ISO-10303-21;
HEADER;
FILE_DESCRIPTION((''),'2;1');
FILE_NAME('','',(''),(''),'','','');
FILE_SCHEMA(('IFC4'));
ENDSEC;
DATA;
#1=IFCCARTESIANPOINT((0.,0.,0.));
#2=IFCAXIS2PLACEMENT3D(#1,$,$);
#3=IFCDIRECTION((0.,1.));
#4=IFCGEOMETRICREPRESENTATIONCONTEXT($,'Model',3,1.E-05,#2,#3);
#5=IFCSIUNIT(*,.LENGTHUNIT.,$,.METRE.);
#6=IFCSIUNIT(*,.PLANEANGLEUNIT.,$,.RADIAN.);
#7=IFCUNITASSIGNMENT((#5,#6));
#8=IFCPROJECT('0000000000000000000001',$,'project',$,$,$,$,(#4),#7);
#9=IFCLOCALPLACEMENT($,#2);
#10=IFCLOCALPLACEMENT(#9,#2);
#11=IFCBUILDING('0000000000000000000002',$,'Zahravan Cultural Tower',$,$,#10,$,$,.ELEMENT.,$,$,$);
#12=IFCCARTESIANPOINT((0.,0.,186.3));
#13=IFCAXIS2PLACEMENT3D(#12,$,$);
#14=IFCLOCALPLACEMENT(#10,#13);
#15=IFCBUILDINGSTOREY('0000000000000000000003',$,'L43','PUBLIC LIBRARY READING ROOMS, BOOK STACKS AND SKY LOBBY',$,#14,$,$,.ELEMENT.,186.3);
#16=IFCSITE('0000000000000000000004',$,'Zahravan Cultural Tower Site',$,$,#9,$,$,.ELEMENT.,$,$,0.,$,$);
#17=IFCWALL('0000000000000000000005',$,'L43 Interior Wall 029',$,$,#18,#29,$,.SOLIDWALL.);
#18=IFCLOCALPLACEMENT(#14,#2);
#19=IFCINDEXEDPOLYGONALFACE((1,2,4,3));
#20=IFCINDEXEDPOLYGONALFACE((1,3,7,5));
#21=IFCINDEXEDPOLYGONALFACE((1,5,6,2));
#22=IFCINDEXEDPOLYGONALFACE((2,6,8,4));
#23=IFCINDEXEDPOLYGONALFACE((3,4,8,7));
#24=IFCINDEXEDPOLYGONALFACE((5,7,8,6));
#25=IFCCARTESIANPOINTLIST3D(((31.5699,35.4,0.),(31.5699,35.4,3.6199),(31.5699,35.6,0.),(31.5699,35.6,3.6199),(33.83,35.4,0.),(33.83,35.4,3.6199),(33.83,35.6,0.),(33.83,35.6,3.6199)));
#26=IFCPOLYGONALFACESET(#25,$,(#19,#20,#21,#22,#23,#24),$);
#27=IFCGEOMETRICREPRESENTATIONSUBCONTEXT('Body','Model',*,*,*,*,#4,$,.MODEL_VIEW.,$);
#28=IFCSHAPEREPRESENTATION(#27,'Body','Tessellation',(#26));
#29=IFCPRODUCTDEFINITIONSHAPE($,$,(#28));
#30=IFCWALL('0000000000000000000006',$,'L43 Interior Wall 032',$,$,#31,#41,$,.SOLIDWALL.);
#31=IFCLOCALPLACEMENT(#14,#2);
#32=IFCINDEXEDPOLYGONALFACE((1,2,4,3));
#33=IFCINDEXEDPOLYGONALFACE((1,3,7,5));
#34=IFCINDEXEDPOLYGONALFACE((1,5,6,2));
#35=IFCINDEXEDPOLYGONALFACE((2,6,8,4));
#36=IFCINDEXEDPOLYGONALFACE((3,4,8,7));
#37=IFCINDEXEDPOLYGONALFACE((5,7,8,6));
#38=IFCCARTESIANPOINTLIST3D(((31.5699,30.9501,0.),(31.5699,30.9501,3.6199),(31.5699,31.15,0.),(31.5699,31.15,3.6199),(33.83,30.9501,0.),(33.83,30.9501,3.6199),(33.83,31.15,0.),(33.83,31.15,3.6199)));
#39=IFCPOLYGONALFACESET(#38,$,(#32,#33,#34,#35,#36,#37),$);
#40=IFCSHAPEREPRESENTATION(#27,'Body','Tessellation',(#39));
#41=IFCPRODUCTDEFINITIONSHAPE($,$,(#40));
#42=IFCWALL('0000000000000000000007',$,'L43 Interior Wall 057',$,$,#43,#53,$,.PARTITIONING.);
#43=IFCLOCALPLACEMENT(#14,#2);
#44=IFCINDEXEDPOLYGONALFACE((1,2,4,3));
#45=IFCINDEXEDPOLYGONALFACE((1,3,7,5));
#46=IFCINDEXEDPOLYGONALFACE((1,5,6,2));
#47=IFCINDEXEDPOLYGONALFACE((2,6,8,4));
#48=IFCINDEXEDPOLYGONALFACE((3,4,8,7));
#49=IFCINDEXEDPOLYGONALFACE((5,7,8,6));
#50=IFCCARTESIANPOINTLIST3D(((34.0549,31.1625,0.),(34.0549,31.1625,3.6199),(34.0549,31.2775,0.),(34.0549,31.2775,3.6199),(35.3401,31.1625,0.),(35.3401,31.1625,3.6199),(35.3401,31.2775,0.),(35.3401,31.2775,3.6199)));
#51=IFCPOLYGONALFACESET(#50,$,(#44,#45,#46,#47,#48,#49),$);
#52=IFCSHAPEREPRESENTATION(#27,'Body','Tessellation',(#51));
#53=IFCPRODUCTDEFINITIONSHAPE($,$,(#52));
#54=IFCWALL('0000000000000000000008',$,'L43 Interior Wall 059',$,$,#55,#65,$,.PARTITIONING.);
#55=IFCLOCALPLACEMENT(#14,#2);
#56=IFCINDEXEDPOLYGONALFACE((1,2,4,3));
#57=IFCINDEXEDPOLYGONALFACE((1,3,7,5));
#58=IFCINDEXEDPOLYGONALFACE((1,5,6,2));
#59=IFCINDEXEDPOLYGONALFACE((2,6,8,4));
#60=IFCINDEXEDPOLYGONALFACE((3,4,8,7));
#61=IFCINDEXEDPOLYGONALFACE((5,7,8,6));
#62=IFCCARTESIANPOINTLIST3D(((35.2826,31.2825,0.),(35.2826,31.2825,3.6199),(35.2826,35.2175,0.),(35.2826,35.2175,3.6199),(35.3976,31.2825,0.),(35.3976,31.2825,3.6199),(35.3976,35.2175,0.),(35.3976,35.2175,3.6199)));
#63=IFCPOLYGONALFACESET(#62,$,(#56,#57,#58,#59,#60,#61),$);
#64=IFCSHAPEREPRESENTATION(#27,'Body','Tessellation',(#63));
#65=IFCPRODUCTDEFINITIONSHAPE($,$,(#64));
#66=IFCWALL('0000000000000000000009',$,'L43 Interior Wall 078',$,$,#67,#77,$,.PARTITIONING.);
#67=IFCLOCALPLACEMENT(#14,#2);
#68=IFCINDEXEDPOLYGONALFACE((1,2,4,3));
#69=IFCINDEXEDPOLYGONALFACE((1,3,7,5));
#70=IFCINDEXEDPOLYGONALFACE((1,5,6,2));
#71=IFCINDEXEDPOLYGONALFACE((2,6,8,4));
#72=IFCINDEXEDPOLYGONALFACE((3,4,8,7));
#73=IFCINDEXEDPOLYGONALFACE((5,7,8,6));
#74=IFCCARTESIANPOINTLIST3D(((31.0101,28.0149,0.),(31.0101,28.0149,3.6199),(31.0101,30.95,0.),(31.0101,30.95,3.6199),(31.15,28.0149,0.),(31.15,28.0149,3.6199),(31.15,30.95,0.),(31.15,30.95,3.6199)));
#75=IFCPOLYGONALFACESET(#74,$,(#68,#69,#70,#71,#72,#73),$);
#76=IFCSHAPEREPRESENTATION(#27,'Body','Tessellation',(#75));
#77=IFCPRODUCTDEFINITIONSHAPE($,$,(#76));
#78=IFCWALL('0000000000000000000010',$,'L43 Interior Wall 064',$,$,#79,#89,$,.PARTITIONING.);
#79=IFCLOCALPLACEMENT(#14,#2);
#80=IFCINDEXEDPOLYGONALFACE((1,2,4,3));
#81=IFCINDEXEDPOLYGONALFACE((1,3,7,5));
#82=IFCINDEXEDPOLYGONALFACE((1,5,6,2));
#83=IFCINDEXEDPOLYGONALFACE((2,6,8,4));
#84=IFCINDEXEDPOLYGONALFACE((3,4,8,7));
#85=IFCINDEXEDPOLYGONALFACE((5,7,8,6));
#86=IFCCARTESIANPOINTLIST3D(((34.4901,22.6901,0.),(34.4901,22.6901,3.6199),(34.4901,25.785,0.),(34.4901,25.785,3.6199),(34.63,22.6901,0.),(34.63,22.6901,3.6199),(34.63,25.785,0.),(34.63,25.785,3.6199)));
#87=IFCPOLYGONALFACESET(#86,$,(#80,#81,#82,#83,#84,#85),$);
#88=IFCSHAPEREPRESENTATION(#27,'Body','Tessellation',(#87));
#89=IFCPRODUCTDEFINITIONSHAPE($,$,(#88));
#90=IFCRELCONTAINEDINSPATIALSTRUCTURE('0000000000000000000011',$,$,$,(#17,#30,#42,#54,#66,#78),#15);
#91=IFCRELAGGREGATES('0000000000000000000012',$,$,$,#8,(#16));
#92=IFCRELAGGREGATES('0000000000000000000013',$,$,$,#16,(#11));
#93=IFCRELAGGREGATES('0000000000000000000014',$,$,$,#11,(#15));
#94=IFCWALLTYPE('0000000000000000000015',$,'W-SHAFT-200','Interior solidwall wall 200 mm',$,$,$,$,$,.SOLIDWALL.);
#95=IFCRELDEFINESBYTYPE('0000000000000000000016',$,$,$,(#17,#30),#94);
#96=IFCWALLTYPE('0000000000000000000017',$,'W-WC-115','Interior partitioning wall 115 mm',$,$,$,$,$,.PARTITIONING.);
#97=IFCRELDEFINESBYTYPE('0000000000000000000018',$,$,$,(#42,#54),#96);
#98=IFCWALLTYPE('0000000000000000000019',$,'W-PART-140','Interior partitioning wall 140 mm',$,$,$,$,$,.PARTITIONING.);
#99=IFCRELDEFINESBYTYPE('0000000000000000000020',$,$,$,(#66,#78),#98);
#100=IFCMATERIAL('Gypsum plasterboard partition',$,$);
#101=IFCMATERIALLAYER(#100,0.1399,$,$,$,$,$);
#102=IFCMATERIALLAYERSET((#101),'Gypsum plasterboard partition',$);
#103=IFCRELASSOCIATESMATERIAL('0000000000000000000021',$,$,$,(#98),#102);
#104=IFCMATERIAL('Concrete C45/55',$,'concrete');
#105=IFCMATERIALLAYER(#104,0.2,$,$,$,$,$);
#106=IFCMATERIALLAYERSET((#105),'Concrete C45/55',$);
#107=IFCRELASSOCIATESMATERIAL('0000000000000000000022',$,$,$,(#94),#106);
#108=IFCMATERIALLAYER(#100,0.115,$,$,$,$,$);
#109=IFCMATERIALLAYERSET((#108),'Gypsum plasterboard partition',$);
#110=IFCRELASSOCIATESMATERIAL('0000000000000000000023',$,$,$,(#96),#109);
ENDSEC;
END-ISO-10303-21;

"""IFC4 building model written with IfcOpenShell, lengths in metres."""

from ifc_helpers import new_model, si_unit, direction, frame, frame_2d, origin, place, context, subcontext, project, spatial, rectangle, extrude, source, transform, mapped, material, layer, layer_set, type_object, element, save


model = new_model("IFC4")

# Units and contexts
model_context = context("Model", 3, precision=1e-05, world=origin(), true_north=direction((0.0, 1.0)))
body_context = subcontext(model_context, "Body", "Model", "MODEL_VIEW")
ifc_project = project(units=[si_unit("LENGTHUNIT", "METRE"), si_unit("PLANEANGLEUNIT", "RADIAN")], contexts=[model_context])

# Site, building, storey
site_placement = place(None, origin())
site = spatial("IfcSite", under=ifc_project, at=site_placement, Name="Zahravan Cultural Tower Site", CompositionType="ELEMENT", RefElevation=0.0)
building_placement = place(site_placement, origin())
building = spatial("IfcBuilding", under=site, at=building_placement, Name="Zahravan Cultural Tower", CompositionType="ELEMENT")
storey_placement = place(building_placement, frame((0.0, 0.0, 186.3)))
storey = spatial("IfcBuildingStorey", under=building, at=storey_placement, Name="L43", Description="PUBLIC LIBRARY READING ROOMS, BOOK STACKS AND SKY LOBBY", CompositionType="ELEMENT", Elevation=186.3)

# Shared definitions
ifc_material_1 = material(Name="Gypsum plasterboard partition")
ifc_layer_1 = layer(ifc_material_1, 0.1399)
ifc_layer_set_1 = layer_set([ifc_layer_1], Name="Gypsum plasterboard partition")
wall_type_1 = type_object("IfcWallType", Name="W-PART-140", Description="Interior partitioning wall 140 mm", PredefinedType="PARTITIONING", material=ifc_layer_set_1)
ifc_material_2 = material(Name="Concrete C45/55", Category="concrete")
ifc_layer_2 = layer(ifc_material_2, 0.2)
ifc_layer_set_2 = layer_set([ifc_layer_2], Name="Concrete C45/55")
wall_type_2 = type_object("IfcWallType", Name="W-SHAFT-200", Description="Interior solidwall wall 200 mm", PredefinedType="SOLIDWALL", material=ifc_layer_set_2)
ifc_layer_3 = layer(ifc_material_1, 0.115)
ifc_layer_set_3 = layer_set([ifc_layer_3], Name="Gypsum plasterboard partition")
wall_type_3 = type_object("IfcWallType", Name="W-WC-115", Description="Interior partitioning wall 115 mm", PredefinedType="PARTITIONING", material=ifc_layer_set_3)

# Walls
shared_shape_1 = source(origin(), body_context, "Body", "SweptSolid", [
    extrude(rectangle(XDim=2.26, YDim=0.2, at=frame_2d((1.1299, 0.0))), origin(), (0.0, 0.0, 1.0), 3.6199),
])
for number, where, z_axis, x_axis, name in (
    (1, (31.5701, 35.5, 0.0), (0.0, 0.0, 1.0), (1.0, 0.0, 0.0), "L43 Interior Wall 029"),
    (2, (31.5701, 31.05, 0.0), (0.0, 0.0, 1.0), (1.0, 0.0, 0.0), "L43 Interior Wall 032"),
):
    element("IfcWall", number, at=place(storey_placement, frame(where, z_axis=z_axis, x_axis=x_axis)), inside=storey, type_object=wall_type_2, Name=name, PredefinedType="SOLIDWALL", context=body_context, shape_type="MappedRepresentation", body=[
        mapped(shared_shape_1, transform((0.0, 0.0, 0.0), x_axis=(1.0, 0.0, 0.0), y_axis=(0.0, 1.0, 0.0), z_axis=(0.0, 0.0, 1.0), scale=1.0)),
    ])
shared_shape_2 = source(origin(), body_context, "Body", "SweptSolid", [
    extrude(rectangle(XDim=1.2852, YDim=0.115, at=frame_2d((0.6426, 0.0))), origin(), (0.0, 0.0, 1.0), 3.6199),
])
wall_1_placement = place(storey_placement, frame((35.3401, 31.22, 0.0), z_axis=(0.0, 0.0, 1.0), x_axis=(-1.0, 0.0, 0.0)))
element("IfcWall", 3, at=wall_1_placement, inside=storey, type_object=wall_type_3, Name="L43 Interior Wall 057", PredefinedType="PARTITIONING", context=body_context, shape_type="MappedRepresentation", body=[
    mapped(shared_shape_2, transform((0.0, 0.0, 0.0), x_axis=(1.0, 0.0, 0.0), y_axis=(0.0, 1.0, 0.0), z_axis=(0.0, 0.0, 1.0), scale=1.0)),
])
shared_shape_3 = source(origin(), body_context, "Body", "SweptSolid", [
    extrude(rectangle(XDim=3.9351, YDim=0.115, at=frame_2d((1.9675, 0.0))), origin(), (0.0, 0.0, 1.0), 3.6199),
])
wall_2_placement = place(storey_placement, frame((35.3401, 35.2175, 0.0), z_axis=(0.0, 0.0, 1.0), x_axis=(0.0, -1.0, 0.0)))
element("IfcWall", 4, at=wall_2_placement, inside=storey, type_object=wall_type_3, Name="L43 Interior Wall 059", PredefinedType="PARTITIONING", context=body_context, shape_type="MappedRepresentation", body=[
    mapped(shared_shape_3, transform((0.0, 0.0, 0.0), x_axis=(1.0, 0.0, 0.0), y_axis=(0.0, 1.0, 0.0), z_axis=(0.0, 0.0, 1.0), scale=1.0)),
])
shared_shape_4 = source(origin(), body_context, "Body", "SweptSolid", [
    extrude(rectangle(XDim=2.9351, YDim=0.1399, at=frame_2d((1.4675, 0.0))), origin(), (0.0, 0.0, 1.0), 3.6199),
])
wall_3_placement = place(storey_placement, frame((31.0801, 28.0149, 0.0), z_axis=(0.0, 0.0, 1.0), x_axis=(0.0, 1.0, 0.0)))
element("IfcWall", 5, at=wall_3_placement, inside=storey, type_object=wall_type_1, Name="L43 Interior Wall 078", PredefinedType="PARTITIONING", context=body_context, shape_type="MappedRepresentation", body=[
    mapped(shared_shape_4, transform((0.0, 0.0, 0.0), x_axis=(1.0, 0.0, 0.0), y_axis=(0.0, 1.0, 0.0), z_axis=(0.0, 0.0, 1.0), scale=1.0)),
])
shared_shape_5 = source(origin(), body_context, "Body", "SweptSolid", [
    extrude(rectangle(XDim=3.095, YDim=0.1399, at=frame_2d((1.5474, 0.0))), origin(), (0.0, 0.0, 1.0), 3.6199),
])
wall_4_placement = place(storey_placement, frame((34.5601, 25.7849, 0.0), z_axis=(0.0, 0.0, 1.0), x_axis=(0.0, -1.0, 0.0)))
element("IfcWall", 6, at=wall_4_placement, inside=storey, type_object=wall_type_1, Name="L43 Interior Wall 064", PredefinedType="PARTITIONING", context=body_context, shape_type="MappedRepresentation", body=[
    mapped(shared_shape_5, transform((0.0, 0.0, 0.0), x_axis=(1.0, 0.0, 0.0), y_axis=(0.0, 1.0, 0.0), z_axis=(0.0, 0.0, 1.0), scale=1.0)),
])

save(model, "model.ifc")
